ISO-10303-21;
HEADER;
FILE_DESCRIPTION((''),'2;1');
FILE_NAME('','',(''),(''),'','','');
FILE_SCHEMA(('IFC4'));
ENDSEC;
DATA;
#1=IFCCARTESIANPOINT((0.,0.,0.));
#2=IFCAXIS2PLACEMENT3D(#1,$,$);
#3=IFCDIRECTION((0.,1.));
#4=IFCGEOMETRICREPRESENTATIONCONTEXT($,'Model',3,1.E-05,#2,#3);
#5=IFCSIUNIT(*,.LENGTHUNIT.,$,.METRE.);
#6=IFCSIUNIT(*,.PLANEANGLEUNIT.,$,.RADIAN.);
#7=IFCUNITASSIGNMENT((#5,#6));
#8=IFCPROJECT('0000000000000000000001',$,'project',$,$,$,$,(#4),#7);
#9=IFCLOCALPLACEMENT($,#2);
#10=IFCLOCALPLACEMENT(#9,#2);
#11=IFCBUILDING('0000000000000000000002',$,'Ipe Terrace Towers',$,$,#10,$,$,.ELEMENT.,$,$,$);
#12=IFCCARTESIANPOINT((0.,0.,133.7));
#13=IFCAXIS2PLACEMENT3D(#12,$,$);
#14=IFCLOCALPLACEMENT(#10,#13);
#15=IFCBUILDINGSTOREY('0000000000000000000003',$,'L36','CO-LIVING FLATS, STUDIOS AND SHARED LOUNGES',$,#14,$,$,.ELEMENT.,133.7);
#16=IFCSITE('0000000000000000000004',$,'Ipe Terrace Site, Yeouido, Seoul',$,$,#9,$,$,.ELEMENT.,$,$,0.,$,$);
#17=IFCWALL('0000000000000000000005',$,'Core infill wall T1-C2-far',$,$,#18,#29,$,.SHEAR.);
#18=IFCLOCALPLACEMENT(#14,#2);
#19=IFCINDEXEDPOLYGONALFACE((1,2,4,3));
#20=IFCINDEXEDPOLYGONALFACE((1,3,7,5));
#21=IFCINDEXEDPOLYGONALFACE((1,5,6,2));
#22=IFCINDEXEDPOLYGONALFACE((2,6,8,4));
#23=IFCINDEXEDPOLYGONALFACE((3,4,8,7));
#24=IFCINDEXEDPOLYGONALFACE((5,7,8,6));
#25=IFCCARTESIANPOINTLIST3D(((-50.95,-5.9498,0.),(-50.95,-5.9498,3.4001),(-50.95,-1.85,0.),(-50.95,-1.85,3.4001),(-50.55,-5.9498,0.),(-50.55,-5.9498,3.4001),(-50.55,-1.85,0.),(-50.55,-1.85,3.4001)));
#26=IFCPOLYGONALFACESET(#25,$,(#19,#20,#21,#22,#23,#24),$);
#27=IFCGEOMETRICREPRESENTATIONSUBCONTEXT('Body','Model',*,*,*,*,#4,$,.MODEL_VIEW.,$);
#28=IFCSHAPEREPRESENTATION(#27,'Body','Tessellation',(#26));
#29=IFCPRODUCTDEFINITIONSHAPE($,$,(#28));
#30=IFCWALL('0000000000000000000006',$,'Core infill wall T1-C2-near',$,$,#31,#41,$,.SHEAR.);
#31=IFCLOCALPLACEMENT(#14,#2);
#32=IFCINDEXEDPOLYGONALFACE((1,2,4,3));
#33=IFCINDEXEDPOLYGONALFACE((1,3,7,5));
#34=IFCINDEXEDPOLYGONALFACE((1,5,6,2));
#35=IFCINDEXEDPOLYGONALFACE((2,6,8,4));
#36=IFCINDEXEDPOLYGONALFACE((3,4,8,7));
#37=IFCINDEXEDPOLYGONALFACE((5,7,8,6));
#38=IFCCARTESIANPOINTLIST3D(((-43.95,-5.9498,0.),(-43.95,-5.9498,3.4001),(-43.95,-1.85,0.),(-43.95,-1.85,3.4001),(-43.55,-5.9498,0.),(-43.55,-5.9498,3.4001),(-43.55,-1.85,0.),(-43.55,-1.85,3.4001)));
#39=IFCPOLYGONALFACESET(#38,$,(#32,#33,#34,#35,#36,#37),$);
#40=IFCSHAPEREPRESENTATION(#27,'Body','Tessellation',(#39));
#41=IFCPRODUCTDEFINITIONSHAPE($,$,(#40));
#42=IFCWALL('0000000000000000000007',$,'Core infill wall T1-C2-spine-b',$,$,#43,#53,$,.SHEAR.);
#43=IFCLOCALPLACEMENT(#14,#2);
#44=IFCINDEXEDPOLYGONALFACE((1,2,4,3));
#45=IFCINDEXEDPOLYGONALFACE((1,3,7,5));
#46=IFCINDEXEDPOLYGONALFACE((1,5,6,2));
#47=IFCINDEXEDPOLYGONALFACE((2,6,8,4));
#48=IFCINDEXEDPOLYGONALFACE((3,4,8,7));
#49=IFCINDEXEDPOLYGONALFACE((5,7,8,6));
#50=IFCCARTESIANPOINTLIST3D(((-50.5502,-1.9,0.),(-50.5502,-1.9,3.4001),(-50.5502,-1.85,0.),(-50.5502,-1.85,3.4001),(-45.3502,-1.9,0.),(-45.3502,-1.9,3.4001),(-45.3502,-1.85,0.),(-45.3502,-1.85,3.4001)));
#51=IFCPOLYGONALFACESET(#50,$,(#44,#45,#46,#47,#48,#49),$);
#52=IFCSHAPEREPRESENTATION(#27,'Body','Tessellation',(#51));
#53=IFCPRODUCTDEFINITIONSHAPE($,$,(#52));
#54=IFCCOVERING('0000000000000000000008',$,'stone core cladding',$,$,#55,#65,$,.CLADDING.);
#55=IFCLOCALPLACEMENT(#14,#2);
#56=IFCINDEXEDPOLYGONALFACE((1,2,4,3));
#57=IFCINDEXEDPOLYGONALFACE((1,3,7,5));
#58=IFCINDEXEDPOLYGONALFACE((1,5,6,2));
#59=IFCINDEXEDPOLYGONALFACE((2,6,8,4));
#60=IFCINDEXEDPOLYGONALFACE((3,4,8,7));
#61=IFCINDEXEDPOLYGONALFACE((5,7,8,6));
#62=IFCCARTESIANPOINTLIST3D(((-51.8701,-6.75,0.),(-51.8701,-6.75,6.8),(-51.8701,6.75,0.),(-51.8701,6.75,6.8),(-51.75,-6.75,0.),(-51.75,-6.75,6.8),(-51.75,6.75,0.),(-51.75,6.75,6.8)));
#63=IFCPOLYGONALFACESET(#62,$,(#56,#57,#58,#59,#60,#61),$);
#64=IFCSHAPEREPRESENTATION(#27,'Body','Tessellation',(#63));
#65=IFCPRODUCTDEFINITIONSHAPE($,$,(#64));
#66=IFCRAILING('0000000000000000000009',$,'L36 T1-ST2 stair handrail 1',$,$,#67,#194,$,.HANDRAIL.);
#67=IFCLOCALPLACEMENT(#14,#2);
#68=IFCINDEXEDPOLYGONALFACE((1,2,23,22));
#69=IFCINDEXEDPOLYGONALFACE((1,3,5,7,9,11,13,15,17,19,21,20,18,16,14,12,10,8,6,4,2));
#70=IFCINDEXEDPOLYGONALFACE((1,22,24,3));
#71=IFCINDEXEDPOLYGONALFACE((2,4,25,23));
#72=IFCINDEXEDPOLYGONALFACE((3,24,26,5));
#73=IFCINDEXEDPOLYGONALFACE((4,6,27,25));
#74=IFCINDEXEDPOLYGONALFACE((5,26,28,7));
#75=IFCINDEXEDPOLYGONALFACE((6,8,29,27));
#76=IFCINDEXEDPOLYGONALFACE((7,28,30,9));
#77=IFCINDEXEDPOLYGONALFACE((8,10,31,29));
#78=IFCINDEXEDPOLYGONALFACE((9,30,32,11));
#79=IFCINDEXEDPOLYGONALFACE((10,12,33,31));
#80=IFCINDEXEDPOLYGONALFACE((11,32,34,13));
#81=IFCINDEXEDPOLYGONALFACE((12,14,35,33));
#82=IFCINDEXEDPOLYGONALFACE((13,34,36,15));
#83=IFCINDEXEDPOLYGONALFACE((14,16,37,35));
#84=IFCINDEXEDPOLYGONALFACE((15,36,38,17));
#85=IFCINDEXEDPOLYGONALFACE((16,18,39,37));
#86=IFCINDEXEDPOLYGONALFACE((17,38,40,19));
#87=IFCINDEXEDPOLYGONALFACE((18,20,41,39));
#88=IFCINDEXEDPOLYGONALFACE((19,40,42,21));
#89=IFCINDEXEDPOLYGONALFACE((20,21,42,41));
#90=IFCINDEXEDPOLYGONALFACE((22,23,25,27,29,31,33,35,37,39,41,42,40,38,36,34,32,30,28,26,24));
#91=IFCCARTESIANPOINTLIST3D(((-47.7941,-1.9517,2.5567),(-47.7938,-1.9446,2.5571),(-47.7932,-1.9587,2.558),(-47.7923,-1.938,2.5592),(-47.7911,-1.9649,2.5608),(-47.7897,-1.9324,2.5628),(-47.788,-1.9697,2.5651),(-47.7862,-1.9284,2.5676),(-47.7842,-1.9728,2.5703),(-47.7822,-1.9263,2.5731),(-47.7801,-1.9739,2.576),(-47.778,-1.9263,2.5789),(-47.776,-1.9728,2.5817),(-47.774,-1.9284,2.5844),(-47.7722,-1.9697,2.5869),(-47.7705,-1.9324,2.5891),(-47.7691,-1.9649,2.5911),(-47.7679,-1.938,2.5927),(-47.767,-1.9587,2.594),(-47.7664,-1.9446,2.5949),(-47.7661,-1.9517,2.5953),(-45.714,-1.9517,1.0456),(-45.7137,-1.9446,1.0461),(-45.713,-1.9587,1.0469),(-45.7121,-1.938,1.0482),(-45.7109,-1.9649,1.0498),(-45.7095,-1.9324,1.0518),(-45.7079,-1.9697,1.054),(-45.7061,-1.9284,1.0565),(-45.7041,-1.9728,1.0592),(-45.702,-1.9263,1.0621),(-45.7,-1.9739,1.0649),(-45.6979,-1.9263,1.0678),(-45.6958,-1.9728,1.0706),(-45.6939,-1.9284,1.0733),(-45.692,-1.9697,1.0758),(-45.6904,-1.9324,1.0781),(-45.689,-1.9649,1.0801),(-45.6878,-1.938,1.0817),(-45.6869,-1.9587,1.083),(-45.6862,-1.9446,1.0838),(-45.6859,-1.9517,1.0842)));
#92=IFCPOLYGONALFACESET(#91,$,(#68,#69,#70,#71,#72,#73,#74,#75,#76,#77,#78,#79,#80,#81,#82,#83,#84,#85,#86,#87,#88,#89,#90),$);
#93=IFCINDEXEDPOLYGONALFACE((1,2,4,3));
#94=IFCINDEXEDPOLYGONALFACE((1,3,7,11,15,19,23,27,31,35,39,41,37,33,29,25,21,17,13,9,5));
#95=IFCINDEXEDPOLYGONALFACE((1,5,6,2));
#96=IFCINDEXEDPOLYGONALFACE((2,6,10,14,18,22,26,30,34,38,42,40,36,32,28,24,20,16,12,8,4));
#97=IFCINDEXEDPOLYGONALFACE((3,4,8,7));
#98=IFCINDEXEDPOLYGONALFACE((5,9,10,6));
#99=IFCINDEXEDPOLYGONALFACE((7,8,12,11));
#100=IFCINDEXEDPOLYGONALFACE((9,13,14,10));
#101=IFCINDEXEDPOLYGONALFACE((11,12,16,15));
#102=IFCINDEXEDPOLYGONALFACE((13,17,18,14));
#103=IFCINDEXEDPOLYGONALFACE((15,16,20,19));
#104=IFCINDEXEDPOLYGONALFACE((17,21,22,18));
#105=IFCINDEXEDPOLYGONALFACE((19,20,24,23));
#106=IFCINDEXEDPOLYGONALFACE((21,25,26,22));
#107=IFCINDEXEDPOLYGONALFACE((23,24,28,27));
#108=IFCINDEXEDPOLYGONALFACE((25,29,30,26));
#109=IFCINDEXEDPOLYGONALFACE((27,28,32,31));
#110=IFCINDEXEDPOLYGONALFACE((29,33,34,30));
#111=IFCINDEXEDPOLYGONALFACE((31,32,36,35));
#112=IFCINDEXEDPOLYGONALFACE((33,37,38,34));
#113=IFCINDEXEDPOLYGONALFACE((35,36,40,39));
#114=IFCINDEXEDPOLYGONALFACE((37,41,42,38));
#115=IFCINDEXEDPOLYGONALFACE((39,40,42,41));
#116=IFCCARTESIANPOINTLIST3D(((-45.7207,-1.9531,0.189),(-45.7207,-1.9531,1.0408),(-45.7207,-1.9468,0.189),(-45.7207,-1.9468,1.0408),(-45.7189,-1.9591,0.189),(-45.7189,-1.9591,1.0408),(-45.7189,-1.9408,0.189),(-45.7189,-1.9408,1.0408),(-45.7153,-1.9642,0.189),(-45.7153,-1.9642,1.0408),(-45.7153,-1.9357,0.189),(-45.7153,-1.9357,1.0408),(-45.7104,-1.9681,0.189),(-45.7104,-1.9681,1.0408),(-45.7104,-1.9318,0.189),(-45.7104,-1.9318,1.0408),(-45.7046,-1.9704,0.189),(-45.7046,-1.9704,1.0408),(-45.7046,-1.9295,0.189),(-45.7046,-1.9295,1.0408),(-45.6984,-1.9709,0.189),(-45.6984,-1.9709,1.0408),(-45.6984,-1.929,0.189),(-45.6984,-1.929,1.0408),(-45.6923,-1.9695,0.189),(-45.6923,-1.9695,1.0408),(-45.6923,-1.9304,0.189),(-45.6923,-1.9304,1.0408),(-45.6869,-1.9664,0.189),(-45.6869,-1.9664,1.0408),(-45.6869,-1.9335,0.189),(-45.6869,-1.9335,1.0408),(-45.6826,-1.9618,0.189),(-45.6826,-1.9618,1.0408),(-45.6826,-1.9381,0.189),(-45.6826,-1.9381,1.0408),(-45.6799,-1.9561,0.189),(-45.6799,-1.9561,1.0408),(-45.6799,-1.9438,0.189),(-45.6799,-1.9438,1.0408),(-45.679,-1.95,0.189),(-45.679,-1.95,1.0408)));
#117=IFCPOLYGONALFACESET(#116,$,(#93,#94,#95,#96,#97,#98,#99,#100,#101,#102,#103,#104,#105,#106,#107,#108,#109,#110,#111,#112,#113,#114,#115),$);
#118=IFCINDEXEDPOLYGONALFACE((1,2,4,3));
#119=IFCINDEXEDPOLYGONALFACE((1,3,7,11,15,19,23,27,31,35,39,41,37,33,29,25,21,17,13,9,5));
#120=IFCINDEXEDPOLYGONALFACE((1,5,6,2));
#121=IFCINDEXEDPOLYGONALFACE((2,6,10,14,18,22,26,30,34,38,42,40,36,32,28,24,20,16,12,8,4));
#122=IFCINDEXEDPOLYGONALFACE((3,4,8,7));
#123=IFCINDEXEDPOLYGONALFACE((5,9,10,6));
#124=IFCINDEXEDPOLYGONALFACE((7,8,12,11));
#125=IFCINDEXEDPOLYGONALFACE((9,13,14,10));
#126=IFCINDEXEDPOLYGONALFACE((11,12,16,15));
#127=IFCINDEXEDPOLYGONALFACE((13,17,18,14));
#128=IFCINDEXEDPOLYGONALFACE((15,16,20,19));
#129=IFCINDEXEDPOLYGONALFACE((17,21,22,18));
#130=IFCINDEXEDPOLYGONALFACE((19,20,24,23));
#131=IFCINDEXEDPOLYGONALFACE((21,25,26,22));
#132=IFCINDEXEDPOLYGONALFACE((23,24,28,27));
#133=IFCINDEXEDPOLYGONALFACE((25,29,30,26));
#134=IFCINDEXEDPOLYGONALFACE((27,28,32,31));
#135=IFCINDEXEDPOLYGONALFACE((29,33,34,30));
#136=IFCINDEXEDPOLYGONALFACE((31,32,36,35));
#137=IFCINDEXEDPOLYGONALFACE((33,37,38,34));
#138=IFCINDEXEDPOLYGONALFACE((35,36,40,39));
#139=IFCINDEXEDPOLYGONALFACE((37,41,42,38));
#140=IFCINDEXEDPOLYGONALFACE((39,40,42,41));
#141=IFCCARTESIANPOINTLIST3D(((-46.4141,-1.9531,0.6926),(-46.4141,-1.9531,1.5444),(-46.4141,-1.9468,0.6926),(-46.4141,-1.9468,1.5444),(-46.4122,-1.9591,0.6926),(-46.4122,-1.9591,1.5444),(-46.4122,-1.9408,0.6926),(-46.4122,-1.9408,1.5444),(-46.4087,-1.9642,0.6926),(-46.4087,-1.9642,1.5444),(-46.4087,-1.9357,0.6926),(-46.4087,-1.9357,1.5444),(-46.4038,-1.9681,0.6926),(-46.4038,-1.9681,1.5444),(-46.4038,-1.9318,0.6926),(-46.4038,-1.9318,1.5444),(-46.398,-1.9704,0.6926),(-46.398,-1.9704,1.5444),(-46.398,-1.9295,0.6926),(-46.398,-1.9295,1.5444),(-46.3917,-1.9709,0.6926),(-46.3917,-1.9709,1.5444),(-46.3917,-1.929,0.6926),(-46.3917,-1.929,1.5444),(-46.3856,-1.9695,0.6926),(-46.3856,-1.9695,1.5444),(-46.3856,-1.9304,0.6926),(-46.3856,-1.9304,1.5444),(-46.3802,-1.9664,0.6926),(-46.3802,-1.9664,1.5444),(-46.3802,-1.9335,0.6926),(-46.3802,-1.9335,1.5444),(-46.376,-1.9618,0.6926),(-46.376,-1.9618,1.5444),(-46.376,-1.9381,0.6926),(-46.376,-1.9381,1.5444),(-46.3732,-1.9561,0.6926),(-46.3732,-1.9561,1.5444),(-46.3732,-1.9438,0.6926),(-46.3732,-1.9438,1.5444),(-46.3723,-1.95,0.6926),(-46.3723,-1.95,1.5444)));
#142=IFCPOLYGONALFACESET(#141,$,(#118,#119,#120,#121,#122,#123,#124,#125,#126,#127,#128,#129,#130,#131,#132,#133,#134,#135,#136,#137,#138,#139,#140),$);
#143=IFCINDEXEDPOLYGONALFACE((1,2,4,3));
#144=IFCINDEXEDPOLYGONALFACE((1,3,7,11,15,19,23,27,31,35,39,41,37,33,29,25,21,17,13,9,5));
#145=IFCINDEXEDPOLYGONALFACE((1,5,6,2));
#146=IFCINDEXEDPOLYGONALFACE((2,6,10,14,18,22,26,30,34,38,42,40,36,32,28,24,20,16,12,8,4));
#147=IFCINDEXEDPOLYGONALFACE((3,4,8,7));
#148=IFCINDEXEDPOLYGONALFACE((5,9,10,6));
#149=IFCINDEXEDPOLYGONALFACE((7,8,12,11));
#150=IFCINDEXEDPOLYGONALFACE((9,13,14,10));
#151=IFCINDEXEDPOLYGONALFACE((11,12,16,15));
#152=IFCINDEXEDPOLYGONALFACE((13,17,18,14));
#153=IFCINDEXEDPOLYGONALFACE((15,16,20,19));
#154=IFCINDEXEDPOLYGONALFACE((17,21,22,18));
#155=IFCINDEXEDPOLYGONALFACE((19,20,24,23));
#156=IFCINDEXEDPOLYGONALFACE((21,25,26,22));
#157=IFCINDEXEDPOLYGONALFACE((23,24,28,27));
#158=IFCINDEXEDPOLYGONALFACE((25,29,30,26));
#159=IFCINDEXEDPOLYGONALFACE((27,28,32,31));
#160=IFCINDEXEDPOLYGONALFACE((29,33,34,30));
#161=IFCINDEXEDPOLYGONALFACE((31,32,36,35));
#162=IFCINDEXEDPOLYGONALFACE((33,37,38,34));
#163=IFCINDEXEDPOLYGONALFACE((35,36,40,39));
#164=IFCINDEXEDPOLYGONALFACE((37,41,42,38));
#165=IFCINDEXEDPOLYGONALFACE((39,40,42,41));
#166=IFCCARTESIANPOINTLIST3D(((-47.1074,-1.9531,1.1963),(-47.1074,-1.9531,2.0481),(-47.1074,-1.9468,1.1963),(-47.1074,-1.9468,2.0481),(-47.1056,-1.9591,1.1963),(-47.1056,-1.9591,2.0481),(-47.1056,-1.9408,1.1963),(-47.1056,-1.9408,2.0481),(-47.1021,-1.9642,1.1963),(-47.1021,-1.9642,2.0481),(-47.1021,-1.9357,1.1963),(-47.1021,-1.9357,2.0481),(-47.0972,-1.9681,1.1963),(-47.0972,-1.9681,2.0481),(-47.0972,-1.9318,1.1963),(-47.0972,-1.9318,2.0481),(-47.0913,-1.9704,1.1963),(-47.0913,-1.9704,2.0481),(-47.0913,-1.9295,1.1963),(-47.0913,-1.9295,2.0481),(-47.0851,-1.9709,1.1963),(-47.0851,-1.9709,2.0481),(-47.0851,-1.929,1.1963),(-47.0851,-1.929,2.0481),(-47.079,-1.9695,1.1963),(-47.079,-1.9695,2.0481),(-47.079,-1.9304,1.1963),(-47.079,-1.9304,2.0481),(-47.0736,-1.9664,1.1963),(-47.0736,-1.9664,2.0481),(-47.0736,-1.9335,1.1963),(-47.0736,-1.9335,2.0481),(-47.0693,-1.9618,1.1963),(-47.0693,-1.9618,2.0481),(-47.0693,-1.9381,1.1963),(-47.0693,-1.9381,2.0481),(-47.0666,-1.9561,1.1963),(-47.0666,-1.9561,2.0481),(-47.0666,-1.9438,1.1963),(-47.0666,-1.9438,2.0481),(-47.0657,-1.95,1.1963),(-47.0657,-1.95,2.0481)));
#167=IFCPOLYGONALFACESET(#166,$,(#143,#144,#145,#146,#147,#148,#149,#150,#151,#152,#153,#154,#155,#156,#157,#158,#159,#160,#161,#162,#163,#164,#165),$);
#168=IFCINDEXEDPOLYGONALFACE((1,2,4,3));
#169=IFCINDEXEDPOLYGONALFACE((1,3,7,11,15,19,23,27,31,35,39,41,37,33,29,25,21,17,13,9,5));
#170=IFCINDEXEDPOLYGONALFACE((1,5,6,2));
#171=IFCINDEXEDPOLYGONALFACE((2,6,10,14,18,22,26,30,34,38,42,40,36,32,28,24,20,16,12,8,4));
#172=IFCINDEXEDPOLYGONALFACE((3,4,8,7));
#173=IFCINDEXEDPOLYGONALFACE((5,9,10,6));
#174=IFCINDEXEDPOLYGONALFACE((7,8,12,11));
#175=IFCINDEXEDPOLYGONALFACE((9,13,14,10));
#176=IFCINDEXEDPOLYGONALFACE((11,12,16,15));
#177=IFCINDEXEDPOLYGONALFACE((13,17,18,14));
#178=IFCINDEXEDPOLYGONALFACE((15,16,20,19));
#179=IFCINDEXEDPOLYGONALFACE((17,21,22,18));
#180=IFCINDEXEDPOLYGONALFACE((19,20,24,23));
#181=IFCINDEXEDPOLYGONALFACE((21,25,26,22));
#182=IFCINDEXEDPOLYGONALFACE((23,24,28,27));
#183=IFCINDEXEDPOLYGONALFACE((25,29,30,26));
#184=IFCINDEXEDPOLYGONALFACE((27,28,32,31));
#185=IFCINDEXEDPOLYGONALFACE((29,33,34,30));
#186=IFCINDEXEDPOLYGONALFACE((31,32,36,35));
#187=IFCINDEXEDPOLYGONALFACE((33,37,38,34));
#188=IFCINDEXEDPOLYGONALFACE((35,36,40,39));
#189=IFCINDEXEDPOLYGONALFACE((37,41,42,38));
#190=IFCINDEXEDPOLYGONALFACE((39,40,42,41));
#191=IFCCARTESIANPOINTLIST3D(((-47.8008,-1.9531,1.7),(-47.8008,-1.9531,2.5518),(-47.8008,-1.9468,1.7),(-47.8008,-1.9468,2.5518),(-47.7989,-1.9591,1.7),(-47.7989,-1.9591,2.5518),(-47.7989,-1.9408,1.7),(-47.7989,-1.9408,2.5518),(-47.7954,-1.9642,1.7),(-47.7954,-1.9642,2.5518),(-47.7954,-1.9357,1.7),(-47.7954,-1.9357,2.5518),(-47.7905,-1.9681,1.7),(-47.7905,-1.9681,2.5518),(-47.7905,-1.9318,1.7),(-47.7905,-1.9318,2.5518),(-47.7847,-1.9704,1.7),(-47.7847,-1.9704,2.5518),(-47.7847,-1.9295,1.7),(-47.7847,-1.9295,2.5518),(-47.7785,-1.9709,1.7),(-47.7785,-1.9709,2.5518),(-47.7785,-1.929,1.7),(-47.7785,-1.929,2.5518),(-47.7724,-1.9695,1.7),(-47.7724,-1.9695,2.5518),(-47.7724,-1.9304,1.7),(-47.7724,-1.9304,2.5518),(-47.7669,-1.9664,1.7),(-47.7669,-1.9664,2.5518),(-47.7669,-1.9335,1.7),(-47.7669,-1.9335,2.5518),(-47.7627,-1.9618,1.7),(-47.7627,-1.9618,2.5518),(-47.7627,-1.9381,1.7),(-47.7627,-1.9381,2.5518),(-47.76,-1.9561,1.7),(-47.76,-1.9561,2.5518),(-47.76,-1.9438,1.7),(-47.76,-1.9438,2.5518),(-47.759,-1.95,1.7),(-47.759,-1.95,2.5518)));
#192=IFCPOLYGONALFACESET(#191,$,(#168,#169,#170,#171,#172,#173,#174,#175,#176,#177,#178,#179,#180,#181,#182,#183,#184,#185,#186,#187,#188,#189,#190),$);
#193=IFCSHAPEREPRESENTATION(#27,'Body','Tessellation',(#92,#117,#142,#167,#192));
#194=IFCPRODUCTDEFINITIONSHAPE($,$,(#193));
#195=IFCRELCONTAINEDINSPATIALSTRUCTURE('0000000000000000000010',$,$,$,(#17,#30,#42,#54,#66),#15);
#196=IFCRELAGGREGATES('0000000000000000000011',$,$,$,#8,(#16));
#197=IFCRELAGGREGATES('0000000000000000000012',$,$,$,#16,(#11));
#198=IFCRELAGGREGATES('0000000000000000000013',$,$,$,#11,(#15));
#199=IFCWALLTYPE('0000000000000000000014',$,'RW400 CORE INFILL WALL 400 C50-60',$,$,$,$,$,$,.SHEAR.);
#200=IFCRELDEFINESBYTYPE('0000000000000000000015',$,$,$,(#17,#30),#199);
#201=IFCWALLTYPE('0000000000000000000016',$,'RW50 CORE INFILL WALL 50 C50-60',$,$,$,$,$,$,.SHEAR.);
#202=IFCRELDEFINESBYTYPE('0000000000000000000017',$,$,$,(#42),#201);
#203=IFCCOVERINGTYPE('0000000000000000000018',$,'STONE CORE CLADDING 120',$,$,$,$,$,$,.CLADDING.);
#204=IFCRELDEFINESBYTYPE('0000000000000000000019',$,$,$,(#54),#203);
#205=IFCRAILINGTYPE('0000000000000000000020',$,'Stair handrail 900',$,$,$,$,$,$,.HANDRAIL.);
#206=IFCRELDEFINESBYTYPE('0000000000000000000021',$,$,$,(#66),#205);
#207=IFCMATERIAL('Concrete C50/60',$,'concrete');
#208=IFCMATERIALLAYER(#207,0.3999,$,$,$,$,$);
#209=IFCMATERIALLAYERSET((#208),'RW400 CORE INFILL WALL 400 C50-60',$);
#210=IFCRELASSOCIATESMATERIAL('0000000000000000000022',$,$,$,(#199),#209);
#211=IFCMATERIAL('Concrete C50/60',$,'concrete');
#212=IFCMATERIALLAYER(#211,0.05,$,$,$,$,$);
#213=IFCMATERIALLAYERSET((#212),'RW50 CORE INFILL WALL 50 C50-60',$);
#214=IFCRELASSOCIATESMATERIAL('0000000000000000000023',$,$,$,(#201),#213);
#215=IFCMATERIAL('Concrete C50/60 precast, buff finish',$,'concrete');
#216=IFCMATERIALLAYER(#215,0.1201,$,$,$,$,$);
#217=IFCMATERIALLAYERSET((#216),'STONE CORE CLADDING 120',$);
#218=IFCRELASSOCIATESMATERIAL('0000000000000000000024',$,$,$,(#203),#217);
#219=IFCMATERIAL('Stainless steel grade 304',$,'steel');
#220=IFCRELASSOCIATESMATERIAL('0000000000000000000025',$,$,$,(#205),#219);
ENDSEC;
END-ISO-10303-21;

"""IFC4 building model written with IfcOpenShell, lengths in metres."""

from ifc_helpers import new_model, si_unit, direction, frame, frame_2d, origin, origin_2d, place, context, subcontext, project, spatial, rectangle, circle, extrude, material, layer, layer_set, type_object, element, save


model = new_model("IFC4")

# Units and contexts
model_context = context("Model", 3, precision=1e-05, world=origin(), true_north=direction((0.0, 1.0)))
body_context = subcontext(model_context, "Body", "Model", "MODEL_VIEW")
ifc_project = project(units=[si_unit("LENGTHUNIT", "METRE"), si_unit("PLANEANGLEUNIT", "RADIAN")], contexts=[model_context])

# Site, building, storey
site_placement = place(None, origin())
site = spatial("IfcSite", under=ifc_project, at=site_placement, Name="Ipe Terrace Site, Yeouido, Seoul", CompositionType="ELEMENT", RefElevation=0.0)
building_placement = place(site_placement, origin())
building = spatial("IfcBuilding", under=site, at=building_placement, Name="Ipe Terrace Towers", CompositionType="ELEMENT")
storey_placement = place(building_placement, frame((0.0, 0.0, 133.7)))
storey = spatial("IfcBuildingStorey", under=building, at=storey_placement, Name="L36", Description="CO-LIVING FLATS, STUDIOS AND SHARED LOUNGES", CompositionType="ELEMENT", Elevation=133.7)

# Walls
ifc_material_1 = material(Name="Concrete C50/60", Category="concrete")
ifc_layer_1 = layer(ifc_material_1, 0.3999)
ifc_layer_set_1 = layer_set([ifc_layer_1], Name="RW400 CORE INFILL WALL 400 C50-60")
wall_type_1 = type_object("IfcWallType", Name="RW400 CORE INFILL WALL 400 C50-60", PredefinedType="SHEAR", material=ifc_layer_set_1)
for number, where, z_axis, x_axis, name in (
    (1, (-50.75, -1.8501, 0.0), (0.0, 0.0, 1.0), (0.0, -1.0, 0.0), "Core infill wall T1-C2-far"),
    (2, (-43.75, -1.8501, 0.0), (0.0, 0.0, 1.0), (0.0, -1.0, 0.0), "Core infill wall T1-C2-near"),
):
    element("IfcWall", number, at=place(storey_placement, frame(where, z_axis=z_axis, x_axis=x_axis)), inside=storey, type_object=wall_type_1, Name=name, PredefinedType="SHEAR", context=body_context, shape_type="SweptSolid", body=[
        extrude(rectangle(XDim=4.0999, YDim=0.3999, at=frame_2d((2.0498, 0.0))), origin(), (0.0, 0.0, 1.0), 3.4001),
    ])
ifc_material_2 = material(Name="Concrete C50/60", Category="concrete")
ifc_layer_2 = layer(ifc_material_2, 0.05)
ifc_layer_set_2 = layer_set([ifc_layer_2], Name="RW50 CORE INFILL WALL 50 C50-60")
wall_type_2 = type_object("IfcWallType", Name="RW50 CORE INFILL WALL 50 C50-60", PredefinedType="SHEAR", material=ifc_layer_set_2)
wall_1_placement = place(storey_placement, frame((-45.3501, -1.875, 0.0), z_axis=(0.0, 0.0, 1.0), x_axis=(-1.0, 0.0, 0.0)))
element("IfcWall", 3, at=wall_1_placement, inside=storey, type_object=wall_type_2, Name="Core infill wall T1-C2-spine-b", PredefinedType="SHEAR", context=body_context, shape_type="SweptSolid", body=[
    extrude(rectangle(XDim=5.2, YDim=0.05, at=frame_2d((2.6001, 0.0))), origin(), (0.0, 0.0, 1.0), 3.4001),
])

# Covering
ifc_material_3 = material(Name="Concrete C50/60 precast, buff finish", Category="concrete")
ifc_layer_3 = layer(ifc_material_3, 0.1201)
ifc_layer_set_3 = layer_set([ifc_layer_3], Name="STONE CORE CLADDING 120")
covering_type = type_object("IfcCoveringType", Name="STONE CORE CLADDING 120", PredefinedType="CLADDING", material=ifc_layer_set_3)
covering_placement = place(storey_placement, frame((-51.8101, 0.0, 0.0), z_axis=(0.0, 0.0, 1.0), x_axis=(0.0, -1.0, 0.0)))
element("IfcCovering", 4, at=covering_placement, inside=storey, type_object=covering_type, Name="stone core cladding", PredefinedType="CLADDING", context=body_context, shape_type="SweptSolid", body=[
    extrude(rectangle(XDim=13.5, YDim=0.1201, at=origin_2d()), origin(), (0.0, 0.0, 1.0), 6.8),
])

# Railing
ifc_material_4 = material(Name="Stainless steel grade 304", Category="steel")
railing_type = type_object("IfcRailingType", Name="Stair handrail 900", PredefinedType="HANDRAIL", material=ifc_material_4)
railing_placement = place(storey_placement, frame((-45.7, -1.95, 0.189)))
element("IfcRailing", 5, at=railing_placement, inside=storey, type_object=railing_type, Name="L36 T1-ST2 stair handrail 1", PredefinedType="HANDRAIL", context=body_context, shape_type="SweptSolid", body=[
    extrude(circle(Radius=0.0239, at=origin_2d()), frame((0.0, 0.0, 0.876), z_axis=(-0.809069, 0.0, 0.587714), x_axis=(0.0, -1.0, 0.0)), (0.0, 0.0, 1.0), 2.571),
    extrude(circle(Radius=0.021, at=origin_2d()), origin(), (0.0, 0.0, 1.0), 0.8518),
    extrude(circle(Radius=0.021, at=origin_2d()), frame((-0.6934, 0.0, 0.5037)), (0.0, 0.0, 1.0), 0.8518),
    extrude(circle(Radius=0.021, at=origin_2d()), frame((-1.3867, 0.0, 1.0073)), (0.0, 0.0, 1.0), 0.8518),
    extrude(circle(Radius=0.021, at=origin_2d()), frame((-2.0801, 0.0, 1.511)), (0.0, 0.0, 1.0), 0.8518),
])

save(model, "model.ifc")
